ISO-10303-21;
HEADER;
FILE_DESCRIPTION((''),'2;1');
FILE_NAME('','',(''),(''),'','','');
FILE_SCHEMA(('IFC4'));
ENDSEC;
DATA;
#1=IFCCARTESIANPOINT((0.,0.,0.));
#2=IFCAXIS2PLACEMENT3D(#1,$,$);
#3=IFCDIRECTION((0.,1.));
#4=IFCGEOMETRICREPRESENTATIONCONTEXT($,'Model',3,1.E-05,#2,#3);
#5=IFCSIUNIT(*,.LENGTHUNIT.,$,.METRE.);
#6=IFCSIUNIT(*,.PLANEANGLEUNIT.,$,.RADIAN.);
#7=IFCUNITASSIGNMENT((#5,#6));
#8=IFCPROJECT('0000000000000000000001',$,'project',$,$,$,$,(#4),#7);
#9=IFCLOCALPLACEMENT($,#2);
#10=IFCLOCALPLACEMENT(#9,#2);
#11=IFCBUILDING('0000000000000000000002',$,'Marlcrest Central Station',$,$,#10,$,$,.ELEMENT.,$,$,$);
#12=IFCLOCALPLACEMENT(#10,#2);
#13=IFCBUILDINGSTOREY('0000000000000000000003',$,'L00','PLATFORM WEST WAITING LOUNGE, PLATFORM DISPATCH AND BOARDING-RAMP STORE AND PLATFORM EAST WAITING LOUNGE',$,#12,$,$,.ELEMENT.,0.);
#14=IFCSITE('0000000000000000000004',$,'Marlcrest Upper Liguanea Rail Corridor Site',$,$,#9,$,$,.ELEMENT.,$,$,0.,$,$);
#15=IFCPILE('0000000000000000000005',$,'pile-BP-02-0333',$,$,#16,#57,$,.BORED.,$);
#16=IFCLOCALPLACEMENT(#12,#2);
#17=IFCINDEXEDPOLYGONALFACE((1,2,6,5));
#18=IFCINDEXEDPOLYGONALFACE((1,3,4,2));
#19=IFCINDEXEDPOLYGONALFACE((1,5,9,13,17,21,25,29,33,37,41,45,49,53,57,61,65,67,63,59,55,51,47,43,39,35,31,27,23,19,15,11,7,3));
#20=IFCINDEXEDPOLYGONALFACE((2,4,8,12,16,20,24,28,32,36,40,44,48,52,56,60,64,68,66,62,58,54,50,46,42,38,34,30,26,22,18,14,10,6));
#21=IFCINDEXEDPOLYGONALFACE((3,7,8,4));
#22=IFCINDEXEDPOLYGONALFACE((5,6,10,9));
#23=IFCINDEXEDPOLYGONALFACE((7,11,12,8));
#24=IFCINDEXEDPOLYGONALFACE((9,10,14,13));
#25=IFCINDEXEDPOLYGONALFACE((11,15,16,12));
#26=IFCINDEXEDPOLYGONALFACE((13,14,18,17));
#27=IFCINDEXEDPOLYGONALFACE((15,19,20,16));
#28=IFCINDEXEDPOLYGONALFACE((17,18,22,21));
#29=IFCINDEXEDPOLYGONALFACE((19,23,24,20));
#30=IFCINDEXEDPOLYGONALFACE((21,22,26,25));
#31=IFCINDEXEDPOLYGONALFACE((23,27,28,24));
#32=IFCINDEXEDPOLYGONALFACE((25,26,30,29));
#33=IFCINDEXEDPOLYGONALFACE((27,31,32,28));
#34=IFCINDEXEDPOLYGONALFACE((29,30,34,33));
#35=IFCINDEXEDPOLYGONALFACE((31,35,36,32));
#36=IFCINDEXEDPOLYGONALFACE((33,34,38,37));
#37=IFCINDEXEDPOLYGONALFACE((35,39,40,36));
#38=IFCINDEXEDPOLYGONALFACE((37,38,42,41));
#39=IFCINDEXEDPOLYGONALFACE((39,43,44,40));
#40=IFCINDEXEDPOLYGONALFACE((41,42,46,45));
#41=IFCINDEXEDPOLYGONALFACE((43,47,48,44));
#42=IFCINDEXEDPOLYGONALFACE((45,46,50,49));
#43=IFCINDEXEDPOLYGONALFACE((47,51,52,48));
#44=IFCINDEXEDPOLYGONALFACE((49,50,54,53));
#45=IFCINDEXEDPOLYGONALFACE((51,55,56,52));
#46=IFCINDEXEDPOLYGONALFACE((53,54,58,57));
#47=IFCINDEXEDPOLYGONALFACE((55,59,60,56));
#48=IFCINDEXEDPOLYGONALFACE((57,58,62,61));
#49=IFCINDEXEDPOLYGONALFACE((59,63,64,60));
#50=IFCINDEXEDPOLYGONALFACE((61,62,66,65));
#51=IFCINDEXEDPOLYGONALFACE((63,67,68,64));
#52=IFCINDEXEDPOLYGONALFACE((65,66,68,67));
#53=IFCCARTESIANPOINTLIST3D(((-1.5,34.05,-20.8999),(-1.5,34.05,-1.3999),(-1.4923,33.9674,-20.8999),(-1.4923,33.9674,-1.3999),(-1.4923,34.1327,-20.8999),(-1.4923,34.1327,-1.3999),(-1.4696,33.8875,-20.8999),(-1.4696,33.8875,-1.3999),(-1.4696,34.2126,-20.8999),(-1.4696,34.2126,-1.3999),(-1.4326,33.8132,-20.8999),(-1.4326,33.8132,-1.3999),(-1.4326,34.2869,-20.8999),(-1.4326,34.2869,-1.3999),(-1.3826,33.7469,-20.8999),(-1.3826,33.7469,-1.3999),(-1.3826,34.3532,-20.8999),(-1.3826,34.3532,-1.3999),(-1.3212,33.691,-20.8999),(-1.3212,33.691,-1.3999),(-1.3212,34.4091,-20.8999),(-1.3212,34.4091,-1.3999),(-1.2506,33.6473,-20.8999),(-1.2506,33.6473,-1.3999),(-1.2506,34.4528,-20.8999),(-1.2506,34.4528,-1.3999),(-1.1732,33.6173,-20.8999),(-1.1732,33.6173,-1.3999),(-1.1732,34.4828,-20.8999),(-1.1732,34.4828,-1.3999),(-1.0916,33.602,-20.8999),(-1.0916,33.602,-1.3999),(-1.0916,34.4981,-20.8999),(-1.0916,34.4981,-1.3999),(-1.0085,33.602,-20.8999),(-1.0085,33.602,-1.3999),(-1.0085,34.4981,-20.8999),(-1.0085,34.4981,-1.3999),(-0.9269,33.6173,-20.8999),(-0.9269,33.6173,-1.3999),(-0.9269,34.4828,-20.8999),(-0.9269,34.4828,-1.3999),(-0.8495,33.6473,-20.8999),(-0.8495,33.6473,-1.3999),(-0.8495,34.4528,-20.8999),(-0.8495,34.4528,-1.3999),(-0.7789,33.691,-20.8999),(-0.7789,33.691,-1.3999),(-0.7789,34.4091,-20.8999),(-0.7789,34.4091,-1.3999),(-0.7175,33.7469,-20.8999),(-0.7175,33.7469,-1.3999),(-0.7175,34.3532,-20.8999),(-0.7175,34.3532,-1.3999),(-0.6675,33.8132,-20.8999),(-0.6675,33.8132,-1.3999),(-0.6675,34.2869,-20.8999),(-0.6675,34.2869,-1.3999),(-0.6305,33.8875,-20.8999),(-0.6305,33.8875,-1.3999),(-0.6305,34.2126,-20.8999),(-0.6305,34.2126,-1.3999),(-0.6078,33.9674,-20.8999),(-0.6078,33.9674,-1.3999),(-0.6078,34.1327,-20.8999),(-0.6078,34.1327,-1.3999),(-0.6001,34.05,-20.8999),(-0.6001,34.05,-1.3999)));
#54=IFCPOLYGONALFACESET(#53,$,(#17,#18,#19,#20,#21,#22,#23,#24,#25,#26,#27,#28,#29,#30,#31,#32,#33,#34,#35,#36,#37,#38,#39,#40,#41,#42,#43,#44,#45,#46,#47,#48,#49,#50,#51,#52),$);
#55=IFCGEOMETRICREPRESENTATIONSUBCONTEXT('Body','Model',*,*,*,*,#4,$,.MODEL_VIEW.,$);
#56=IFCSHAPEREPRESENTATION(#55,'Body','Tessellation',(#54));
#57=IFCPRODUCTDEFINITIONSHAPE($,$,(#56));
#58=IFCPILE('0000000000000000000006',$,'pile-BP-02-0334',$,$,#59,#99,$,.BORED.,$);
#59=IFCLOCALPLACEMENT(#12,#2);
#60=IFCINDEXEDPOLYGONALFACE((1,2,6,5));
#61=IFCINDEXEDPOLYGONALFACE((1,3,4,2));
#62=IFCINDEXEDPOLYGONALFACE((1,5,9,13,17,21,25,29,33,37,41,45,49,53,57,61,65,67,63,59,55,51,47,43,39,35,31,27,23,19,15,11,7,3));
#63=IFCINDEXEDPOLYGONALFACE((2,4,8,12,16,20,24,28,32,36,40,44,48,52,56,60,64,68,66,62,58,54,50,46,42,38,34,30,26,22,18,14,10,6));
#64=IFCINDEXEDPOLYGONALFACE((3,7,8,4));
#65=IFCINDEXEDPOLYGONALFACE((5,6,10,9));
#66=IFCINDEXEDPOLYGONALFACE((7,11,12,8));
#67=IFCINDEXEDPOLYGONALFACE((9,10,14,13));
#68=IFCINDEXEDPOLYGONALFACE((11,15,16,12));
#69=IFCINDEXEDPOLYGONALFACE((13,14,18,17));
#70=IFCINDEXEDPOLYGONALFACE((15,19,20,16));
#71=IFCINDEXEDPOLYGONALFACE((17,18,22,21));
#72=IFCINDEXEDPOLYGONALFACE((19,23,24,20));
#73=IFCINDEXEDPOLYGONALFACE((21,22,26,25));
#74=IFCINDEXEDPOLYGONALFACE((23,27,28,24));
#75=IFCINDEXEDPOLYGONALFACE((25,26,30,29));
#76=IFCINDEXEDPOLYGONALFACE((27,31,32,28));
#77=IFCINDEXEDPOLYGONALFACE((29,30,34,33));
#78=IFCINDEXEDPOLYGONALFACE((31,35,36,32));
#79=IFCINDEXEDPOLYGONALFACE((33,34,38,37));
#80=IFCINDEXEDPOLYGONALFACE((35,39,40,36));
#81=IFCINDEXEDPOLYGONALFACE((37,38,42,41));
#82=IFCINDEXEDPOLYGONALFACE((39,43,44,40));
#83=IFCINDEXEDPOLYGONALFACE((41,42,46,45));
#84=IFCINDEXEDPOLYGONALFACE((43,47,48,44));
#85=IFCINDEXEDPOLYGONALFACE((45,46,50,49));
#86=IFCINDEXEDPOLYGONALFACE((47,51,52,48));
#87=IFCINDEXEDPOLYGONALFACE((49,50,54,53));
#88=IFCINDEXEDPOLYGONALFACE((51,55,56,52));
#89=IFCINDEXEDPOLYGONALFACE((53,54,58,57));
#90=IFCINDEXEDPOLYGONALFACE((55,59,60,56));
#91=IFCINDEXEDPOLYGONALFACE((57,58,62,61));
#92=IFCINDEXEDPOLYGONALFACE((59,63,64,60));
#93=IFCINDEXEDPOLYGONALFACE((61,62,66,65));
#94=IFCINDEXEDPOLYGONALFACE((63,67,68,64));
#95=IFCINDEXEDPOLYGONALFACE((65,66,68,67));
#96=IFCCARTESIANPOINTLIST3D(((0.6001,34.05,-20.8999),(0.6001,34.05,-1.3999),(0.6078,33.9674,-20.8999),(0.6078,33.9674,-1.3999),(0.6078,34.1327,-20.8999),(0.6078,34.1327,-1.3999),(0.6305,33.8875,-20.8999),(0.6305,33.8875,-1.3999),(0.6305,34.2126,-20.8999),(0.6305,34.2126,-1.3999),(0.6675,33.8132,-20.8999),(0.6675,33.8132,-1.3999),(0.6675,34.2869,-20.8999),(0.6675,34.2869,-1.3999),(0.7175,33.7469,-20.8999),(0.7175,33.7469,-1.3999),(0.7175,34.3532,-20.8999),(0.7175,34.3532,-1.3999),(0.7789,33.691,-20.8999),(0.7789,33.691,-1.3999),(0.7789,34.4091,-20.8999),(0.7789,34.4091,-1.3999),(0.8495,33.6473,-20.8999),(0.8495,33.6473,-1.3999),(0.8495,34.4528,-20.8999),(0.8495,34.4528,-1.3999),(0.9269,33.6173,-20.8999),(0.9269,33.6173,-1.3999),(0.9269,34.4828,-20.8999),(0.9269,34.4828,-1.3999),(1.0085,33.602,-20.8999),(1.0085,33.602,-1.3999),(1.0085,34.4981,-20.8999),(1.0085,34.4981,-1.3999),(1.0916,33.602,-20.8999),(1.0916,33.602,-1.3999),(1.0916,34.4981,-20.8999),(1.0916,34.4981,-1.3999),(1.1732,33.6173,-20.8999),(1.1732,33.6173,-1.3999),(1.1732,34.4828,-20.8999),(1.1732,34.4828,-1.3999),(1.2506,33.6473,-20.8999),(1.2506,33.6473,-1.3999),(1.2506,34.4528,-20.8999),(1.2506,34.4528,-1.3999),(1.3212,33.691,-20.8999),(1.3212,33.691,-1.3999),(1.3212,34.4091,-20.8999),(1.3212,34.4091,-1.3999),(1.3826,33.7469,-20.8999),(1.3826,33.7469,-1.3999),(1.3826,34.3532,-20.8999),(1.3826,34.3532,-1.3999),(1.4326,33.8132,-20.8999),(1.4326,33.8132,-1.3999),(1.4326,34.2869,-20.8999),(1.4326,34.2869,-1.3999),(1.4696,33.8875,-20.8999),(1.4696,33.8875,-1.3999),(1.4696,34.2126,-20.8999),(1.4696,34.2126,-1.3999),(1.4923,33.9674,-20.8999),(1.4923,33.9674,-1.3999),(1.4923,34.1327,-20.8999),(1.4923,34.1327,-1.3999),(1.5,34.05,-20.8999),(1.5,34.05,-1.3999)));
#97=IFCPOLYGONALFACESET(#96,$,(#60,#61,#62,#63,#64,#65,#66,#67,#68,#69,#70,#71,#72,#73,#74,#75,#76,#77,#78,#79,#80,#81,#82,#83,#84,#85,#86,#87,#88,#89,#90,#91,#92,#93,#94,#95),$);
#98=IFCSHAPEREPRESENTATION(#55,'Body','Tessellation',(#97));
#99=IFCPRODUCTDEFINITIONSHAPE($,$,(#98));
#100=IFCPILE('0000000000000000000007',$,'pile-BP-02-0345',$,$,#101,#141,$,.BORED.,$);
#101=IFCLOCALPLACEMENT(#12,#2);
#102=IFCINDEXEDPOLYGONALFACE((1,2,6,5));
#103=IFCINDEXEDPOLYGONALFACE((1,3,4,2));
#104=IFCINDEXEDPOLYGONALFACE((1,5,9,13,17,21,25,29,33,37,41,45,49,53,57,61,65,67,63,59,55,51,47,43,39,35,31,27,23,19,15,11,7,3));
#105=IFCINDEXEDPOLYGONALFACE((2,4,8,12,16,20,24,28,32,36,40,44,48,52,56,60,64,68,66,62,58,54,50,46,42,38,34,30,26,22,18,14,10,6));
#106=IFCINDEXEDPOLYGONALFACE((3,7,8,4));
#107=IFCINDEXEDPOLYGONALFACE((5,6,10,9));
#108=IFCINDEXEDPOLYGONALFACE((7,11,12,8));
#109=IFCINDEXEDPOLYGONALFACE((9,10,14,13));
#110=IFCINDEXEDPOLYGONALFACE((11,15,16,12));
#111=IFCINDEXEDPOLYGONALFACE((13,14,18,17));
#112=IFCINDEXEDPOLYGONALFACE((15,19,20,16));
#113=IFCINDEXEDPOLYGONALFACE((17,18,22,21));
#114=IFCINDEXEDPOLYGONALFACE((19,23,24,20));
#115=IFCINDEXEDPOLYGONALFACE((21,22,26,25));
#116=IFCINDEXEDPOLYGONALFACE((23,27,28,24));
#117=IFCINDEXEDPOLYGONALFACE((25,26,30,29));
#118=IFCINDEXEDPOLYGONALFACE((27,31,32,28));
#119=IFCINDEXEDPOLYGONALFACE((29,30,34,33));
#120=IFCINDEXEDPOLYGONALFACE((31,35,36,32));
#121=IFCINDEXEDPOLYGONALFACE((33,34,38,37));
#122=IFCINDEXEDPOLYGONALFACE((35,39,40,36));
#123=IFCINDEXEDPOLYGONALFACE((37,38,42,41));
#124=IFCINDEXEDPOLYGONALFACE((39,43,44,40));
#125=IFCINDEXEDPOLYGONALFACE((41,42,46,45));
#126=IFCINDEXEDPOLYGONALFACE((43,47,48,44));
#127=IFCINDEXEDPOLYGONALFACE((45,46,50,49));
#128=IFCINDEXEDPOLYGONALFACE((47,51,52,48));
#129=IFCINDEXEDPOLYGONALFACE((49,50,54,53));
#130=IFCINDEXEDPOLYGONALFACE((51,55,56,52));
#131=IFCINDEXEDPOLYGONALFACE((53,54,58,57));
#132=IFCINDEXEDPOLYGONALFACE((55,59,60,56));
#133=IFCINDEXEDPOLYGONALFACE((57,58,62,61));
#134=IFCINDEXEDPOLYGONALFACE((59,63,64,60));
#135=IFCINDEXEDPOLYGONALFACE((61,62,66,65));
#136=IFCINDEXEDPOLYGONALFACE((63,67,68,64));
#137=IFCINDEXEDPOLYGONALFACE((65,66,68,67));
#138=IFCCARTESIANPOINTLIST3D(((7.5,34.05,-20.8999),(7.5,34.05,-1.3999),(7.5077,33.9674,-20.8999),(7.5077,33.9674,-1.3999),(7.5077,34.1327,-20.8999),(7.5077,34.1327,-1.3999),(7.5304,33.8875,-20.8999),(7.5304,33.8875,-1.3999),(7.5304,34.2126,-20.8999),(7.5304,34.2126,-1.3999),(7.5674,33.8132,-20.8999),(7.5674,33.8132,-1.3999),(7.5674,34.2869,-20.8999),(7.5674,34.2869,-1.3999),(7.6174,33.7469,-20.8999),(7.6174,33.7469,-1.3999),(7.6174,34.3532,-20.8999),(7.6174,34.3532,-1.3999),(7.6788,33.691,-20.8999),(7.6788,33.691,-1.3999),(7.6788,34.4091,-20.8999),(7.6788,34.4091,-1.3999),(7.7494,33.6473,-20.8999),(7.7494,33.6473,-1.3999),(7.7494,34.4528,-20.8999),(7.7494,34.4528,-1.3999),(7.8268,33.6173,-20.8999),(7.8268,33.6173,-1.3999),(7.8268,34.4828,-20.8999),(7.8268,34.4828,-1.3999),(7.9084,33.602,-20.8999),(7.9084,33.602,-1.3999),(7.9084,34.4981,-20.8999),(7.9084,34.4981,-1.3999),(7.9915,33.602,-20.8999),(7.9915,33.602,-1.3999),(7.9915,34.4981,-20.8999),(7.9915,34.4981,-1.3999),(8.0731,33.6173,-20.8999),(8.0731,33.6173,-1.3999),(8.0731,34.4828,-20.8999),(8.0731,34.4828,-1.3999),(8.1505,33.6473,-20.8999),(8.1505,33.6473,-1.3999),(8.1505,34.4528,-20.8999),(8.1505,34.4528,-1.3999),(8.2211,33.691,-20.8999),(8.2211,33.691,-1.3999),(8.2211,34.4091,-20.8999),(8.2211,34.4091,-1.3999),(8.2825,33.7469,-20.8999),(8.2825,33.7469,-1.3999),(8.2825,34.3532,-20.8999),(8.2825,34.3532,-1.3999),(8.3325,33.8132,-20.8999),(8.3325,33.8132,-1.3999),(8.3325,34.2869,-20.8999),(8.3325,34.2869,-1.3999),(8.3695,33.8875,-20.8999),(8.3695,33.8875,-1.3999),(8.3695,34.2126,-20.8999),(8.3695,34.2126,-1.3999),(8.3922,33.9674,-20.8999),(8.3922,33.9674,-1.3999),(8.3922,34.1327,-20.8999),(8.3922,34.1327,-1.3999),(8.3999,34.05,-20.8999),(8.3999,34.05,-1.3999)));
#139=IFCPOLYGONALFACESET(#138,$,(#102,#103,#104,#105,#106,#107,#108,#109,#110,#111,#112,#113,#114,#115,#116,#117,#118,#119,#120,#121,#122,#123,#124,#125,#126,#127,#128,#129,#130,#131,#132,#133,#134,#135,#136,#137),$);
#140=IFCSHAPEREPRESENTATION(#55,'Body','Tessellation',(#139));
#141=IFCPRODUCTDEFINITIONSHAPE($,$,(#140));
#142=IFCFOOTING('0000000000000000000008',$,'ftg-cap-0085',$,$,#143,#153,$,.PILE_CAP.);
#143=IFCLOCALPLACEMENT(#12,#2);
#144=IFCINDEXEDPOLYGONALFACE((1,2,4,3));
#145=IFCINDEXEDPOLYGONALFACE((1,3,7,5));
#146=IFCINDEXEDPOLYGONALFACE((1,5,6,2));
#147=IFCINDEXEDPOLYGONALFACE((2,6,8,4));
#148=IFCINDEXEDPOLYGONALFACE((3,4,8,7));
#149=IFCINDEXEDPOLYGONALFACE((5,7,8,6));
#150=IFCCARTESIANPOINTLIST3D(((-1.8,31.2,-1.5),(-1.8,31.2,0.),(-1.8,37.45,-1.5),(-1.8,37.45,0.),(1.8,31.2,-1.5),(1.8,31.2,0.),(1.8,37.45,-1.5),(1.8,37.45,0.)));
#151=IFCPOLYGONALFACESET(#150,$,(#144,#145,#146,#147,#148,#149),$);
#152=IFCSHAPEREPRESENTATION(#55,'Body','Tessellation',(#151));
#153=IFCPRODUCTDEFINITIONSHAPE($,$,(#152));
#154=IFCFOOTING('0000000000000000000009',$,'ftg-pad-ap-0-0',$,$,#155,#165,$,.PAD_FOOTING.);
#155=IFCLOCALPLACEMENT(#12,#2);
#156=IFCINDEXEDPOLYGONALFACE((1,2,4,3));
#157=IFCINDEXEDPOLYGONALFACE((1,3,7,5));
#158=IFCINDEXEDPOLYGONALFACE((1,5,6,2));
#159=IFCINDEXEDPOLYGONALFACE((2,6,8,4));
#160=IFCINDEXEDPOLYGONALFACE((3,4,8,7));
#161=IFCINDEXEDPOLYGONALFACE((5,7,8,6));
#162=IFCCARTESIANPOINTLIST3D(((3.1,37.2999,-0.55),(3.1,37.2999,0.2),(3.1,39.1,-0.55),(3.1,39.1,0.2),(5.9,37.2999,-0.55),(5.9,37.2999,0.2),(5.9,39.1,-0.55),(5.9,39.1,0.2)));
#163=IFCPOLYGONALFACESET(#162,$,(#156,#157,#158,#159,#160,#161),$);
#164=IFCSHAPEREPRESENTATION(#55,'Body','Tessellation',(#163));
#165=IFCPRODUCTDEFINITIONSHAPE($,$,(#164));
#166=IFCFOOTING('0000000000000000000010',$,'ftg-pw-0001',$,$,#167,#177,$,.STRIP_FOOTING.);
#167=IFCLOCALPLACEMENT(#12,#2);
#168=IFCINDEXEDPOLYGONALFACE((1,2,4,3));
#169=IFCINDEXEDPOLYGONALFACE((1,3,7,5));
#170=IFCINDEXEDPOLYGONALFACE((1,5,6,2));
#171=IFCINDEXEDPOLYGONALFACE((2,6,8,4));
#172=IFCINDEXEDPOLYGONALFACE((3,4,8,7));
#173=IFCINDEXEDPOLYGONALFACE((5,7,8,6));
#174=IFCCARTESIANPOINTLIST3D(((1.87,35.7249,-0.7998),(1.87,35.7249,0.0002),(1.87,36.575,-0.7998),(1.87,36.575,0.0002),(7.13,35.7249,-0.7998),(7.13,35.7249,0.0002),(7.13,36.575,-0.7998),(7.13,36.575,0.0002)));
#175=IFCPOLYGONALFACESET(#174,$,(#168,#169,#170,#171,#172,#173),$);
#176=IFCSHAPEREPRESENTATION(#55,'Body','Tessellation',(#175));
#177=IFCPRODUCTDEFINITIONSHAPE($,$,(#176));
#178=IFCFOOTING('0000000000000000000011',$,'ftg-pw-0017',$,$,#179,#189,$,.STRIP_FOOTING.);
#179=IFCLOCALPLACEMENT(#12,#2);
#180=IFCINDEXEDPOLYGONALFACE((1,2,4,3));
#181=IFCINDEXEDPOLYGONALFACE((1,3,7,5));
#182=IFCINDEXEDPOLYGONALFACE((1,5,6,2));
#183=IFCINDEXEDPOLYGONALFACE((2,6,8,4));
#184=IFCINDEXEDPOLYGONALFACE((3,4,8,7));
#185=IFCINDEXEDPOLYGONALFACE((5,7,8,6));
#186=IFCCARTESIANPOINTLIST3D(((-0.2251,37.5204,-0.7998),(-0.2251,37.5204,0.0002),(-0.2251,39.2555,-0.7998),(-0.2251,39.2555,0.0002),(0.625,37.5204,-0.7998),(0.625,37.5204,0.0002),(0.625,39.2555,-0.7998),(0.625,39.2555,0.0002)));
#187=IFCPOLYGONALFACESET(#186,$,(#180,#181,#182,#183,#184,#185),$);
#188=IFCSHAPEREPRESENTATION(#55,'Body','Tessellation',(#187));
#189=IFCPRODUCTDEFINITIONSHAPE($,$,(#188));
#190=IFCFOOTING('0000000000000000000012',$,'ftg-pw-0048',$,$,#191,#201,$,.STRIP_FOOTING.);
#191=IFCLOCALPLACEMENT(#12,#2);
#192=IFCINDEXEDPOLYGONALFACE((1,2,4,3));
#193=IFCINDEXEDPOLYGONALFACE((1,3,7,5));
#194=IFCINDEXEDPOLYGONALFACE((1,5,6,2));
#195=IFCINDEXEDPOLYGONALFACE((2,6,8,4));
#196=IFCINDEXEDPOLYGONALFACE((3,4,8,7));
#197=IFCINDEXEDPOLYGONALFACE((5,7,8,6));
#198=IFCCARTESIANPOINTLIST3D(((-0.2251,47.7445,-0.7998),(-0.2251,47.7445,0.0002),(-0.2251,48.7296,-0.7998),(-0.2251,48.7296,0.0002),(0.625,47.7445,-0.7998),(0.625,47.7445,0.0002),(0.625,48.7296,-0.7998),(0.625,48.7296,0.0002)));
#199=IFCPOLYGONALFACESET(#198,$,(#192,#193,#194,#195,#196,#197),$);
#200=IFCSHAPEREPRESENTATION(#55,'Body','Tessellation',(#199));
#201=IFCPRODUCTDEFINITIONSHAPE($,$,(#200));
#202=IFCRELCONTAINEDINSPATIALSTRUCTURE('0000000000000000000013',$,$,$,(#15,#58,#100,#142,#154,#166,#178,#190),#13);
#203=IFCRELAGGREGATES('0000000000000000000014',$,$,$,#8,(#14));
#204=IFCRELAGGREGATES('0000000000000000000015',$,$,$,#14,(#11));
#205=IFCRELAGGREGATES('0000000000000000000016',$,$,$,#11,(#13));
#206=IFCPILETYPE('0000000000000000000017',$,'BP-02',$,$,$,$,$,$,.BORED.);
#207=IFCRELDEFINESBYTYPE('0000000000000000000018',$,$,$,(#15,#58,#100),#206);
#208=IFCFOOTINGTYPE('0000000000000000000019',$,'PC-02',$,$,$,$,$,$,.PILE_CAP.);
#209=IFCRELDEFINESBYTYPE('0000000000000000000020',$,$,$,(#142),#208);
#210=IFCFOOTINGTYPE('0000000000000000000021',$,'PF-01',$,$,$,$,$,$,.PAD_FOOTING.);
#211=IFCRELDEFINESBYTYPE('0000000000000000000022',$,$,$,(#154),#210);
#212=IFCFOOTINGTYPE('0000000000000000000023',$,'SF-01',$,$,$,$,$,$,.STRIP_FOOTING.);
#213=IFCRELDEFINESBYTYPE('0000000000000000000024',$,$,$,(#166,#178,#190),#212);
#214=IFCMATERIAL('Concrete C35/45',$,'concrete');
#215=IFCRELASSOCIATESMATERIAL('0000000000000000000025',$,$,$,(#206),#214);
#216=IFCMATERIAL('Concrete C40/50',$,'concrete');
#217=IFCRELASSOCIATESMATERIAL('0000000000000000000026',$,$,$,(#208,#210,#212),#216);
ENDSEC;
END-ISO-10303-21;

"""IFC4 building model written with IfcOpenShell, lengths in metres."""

from ifc_helpers import new_model, si_unit, direction, frame, origin, origin_2d, place, context, subcontext, project, spatial, rectangle, circle, extrude, material, material_profile, profile_set, type_object, element, save


model = new_model("IFC4")

# Units and contexts
model_context = context("Model", 3, precision=1e-05, world=origin(), true_north=direction((0.0, 1.0)))
body_context = subcontext(model_context, "Body", "Model", "MODEL_VIEW")
ifc_project = project(units=[si_unit("LENGTHUNIT", "METRE"), si_unit("PLANEANGLEUNIT", "RADIAN")], contexts=[model_context])

# Site, building, storey
site_placement = place(None, origin())
site = spatial("IfcSite", under=ifc_project, at=site_placement, Name="Marlcrest Upper Liguanea Rail Corridor Site", CompositionType="ELEMENT", RefElevation=0.0)
building_placement = place(site_placement, origin())
building = spatial("IfcBuilding", under=site, at=building_placement, Name="Marlcrest Central Station", CompositionType="ELEMENT")
storey_placement = place(building_placement, origin())
storey = spatial("IfcBuildingStorey", under=building, at=storey_placement, Name="L00", Description="PLATFORM WEST WAITING LOUNGE, PLATFORM DISPATCH AND BOARDING-RAMP STORE AND PLATFORM EAST WAITING LOUNGE", CompositionType="ELEMENT", Elevation=0.0)

# Piles
ifc_material_1 = material(Name="Concrete C35/45", Category="concrete")
ifc_material_profile_1 = material_profile(ifc_material_1, circle(Radius=0.45, at=origin_2d()), Name="PILE D900")
ifc_profile_set_1 = profile_set([ifc_material_profile_1], Name="Concrete C35/45")
pile_type = type_object("IfcPileType", Name="BP-02", PredefinedType="BORED", material=ifc_profile_set_1)
for number, where, z_axis, x_axis, name in (
    (1, (-1.05, 34.05, -1.3999), (0.0, 0.0, -1.0), (1.0, 0.0, 0.0), "pile-BP-02-0333"),
    (2, (1.05, 34.05, -1.3999), (0.0, 0.0, -1.0), (1.0, 0.0, 0.0), "pile-BP-02-0334"),
    (3, (7.95, 34.05, -1.3999), (0.0, 0.0, -1.0), (1.0, 0.0, 0.0), "pile-BP-02-0345"),
):
    element("IfcPile", number, at=place(storey_placement, frame(where, z_axis=z_axis, x_axis=x_axis)), inside=storey, type_object=pile_type, Name=name, PredefinedType="BORED", context=body_context, shape_type="SweptSolid", body=[
        extrude(circle(Radius=0.45, at=origin_2d()), origin(), (0.0, 0.0, 1.0), 19.5),
    ])

# Footings
ifc_material_2 = material(Name="Concrete C40/50", Category="concrete")
footing_type_1 = type_object("IfcFootingType", Name="PC-02", PredefinedType="PILE_CAP", material=ifc_material_2)
footing_1_placement = place(storey_placement, frame((0.0, 34.325, -1.5), z_axis=(0.0, 0.0, 1.0), x_axis=(1.0, 0.0, 0.0)))
element("IfcFooting", 4, at=footing_1_placement, inside=storey, type_object=footing_type_1, Name="ftg-cap-0085", PredefinedType="PILE_CAP", context=body_context, shape_type="SweptSolid", body=[
    extrude(rectangle(XDim=3.6001, YDim=6.25, at=origin_2d()), origin(), (0.0, 0.0, 1.0), 1.5),
])
footing_type_2 = type_object("IfcFootingType", Name="PF-01", PredefinedType="PAD_FOOTING", material=ifc_material_2)
footing_2_placement = place(storey_placement, frame((4.5, 38.2, -0.55), z_axis=(0.0, 0.0, 1.0), x_axis=(1.0, 0.0, 0.0)))
element("IfcFooting", 5, at=footing_2_placement, inside=storey, type_object=footing_type_2, Name="ftg-pad-ap-0-0", PredefinedType="PAD_FOOTING", context=body_context, shape_type="SweptSolid", body=[
    extrude(rectangle(XDim=2.8, YDim=1.8, at=origin_2d()), origin(), (0.0, 0.0, 1.0), 0.75),
])
footing_type_3 = type_object("IfcFootingType", Name="SF-01", PredefinedType="STRIP_FOOTING", material=ifc_material_2)
footing_3_placement = place(storey_placement, frame((4.5, 36.1499, -0.7998), z_axis=(0.0, 0.0, 1.0), x_axis=(1.0, 0.0, 0.0)))
element("IfcFooting", 6, at=footing_3_placement, inside=storey, type_object=footing_type_3, Name="ftg-pw-0001", PredefinedType="STRIP_FOOTING", context=body_context, shape_type="SweptSolid", body=[
    extrude(rectangle(XDim=5.26, YDim=0.8501, at=origin_2d()), origin(), (0.0, 0.0, 1.0), 0.8),
])
footing_4_placement = place(storey_placement, frame((0.2, 38.3879, -0.7998), z_axis=(0.0, 0.0, 1.0), x_axis=(1.0, 0.0, 0.0)))
element("IfcFooting", 7, at=footing_4_placement, inside=storey, type_object=footing_type_3, Name="ftg-pw-0017", PredefinedType="STRIP_FOOTING", context=body_context, shape_type="SweptSolid", body=[
    extrude(rectangle(XDim=0.8501, YDim=1.7351, at=origin_2d()), origin(), (0.0, 0.0, 1.0), 0.8),
])
footing_5_placement = place(storey_placement, frame((0.2, 48.2371, -0.7998), z_axis=(0.0, 0.0, 1.0), x_axis=(1.0, 0.0, 0.0)))
element("IfcFooting", 8, at=footing_5_placement, inside=storey, type_object=footing_type_3, Name="ftg-pw-0048", PredefinedType="STRIP_FOOTING", context=body_context, shape_type="SweptSolid", body=[
    extrude(rectangle(XDim=0.8501, YDim=0.9851, at=origin_2d()), origin(), (0.0, 0.0, 1.0), 0.8),
])

save(model, "model.ifc")
